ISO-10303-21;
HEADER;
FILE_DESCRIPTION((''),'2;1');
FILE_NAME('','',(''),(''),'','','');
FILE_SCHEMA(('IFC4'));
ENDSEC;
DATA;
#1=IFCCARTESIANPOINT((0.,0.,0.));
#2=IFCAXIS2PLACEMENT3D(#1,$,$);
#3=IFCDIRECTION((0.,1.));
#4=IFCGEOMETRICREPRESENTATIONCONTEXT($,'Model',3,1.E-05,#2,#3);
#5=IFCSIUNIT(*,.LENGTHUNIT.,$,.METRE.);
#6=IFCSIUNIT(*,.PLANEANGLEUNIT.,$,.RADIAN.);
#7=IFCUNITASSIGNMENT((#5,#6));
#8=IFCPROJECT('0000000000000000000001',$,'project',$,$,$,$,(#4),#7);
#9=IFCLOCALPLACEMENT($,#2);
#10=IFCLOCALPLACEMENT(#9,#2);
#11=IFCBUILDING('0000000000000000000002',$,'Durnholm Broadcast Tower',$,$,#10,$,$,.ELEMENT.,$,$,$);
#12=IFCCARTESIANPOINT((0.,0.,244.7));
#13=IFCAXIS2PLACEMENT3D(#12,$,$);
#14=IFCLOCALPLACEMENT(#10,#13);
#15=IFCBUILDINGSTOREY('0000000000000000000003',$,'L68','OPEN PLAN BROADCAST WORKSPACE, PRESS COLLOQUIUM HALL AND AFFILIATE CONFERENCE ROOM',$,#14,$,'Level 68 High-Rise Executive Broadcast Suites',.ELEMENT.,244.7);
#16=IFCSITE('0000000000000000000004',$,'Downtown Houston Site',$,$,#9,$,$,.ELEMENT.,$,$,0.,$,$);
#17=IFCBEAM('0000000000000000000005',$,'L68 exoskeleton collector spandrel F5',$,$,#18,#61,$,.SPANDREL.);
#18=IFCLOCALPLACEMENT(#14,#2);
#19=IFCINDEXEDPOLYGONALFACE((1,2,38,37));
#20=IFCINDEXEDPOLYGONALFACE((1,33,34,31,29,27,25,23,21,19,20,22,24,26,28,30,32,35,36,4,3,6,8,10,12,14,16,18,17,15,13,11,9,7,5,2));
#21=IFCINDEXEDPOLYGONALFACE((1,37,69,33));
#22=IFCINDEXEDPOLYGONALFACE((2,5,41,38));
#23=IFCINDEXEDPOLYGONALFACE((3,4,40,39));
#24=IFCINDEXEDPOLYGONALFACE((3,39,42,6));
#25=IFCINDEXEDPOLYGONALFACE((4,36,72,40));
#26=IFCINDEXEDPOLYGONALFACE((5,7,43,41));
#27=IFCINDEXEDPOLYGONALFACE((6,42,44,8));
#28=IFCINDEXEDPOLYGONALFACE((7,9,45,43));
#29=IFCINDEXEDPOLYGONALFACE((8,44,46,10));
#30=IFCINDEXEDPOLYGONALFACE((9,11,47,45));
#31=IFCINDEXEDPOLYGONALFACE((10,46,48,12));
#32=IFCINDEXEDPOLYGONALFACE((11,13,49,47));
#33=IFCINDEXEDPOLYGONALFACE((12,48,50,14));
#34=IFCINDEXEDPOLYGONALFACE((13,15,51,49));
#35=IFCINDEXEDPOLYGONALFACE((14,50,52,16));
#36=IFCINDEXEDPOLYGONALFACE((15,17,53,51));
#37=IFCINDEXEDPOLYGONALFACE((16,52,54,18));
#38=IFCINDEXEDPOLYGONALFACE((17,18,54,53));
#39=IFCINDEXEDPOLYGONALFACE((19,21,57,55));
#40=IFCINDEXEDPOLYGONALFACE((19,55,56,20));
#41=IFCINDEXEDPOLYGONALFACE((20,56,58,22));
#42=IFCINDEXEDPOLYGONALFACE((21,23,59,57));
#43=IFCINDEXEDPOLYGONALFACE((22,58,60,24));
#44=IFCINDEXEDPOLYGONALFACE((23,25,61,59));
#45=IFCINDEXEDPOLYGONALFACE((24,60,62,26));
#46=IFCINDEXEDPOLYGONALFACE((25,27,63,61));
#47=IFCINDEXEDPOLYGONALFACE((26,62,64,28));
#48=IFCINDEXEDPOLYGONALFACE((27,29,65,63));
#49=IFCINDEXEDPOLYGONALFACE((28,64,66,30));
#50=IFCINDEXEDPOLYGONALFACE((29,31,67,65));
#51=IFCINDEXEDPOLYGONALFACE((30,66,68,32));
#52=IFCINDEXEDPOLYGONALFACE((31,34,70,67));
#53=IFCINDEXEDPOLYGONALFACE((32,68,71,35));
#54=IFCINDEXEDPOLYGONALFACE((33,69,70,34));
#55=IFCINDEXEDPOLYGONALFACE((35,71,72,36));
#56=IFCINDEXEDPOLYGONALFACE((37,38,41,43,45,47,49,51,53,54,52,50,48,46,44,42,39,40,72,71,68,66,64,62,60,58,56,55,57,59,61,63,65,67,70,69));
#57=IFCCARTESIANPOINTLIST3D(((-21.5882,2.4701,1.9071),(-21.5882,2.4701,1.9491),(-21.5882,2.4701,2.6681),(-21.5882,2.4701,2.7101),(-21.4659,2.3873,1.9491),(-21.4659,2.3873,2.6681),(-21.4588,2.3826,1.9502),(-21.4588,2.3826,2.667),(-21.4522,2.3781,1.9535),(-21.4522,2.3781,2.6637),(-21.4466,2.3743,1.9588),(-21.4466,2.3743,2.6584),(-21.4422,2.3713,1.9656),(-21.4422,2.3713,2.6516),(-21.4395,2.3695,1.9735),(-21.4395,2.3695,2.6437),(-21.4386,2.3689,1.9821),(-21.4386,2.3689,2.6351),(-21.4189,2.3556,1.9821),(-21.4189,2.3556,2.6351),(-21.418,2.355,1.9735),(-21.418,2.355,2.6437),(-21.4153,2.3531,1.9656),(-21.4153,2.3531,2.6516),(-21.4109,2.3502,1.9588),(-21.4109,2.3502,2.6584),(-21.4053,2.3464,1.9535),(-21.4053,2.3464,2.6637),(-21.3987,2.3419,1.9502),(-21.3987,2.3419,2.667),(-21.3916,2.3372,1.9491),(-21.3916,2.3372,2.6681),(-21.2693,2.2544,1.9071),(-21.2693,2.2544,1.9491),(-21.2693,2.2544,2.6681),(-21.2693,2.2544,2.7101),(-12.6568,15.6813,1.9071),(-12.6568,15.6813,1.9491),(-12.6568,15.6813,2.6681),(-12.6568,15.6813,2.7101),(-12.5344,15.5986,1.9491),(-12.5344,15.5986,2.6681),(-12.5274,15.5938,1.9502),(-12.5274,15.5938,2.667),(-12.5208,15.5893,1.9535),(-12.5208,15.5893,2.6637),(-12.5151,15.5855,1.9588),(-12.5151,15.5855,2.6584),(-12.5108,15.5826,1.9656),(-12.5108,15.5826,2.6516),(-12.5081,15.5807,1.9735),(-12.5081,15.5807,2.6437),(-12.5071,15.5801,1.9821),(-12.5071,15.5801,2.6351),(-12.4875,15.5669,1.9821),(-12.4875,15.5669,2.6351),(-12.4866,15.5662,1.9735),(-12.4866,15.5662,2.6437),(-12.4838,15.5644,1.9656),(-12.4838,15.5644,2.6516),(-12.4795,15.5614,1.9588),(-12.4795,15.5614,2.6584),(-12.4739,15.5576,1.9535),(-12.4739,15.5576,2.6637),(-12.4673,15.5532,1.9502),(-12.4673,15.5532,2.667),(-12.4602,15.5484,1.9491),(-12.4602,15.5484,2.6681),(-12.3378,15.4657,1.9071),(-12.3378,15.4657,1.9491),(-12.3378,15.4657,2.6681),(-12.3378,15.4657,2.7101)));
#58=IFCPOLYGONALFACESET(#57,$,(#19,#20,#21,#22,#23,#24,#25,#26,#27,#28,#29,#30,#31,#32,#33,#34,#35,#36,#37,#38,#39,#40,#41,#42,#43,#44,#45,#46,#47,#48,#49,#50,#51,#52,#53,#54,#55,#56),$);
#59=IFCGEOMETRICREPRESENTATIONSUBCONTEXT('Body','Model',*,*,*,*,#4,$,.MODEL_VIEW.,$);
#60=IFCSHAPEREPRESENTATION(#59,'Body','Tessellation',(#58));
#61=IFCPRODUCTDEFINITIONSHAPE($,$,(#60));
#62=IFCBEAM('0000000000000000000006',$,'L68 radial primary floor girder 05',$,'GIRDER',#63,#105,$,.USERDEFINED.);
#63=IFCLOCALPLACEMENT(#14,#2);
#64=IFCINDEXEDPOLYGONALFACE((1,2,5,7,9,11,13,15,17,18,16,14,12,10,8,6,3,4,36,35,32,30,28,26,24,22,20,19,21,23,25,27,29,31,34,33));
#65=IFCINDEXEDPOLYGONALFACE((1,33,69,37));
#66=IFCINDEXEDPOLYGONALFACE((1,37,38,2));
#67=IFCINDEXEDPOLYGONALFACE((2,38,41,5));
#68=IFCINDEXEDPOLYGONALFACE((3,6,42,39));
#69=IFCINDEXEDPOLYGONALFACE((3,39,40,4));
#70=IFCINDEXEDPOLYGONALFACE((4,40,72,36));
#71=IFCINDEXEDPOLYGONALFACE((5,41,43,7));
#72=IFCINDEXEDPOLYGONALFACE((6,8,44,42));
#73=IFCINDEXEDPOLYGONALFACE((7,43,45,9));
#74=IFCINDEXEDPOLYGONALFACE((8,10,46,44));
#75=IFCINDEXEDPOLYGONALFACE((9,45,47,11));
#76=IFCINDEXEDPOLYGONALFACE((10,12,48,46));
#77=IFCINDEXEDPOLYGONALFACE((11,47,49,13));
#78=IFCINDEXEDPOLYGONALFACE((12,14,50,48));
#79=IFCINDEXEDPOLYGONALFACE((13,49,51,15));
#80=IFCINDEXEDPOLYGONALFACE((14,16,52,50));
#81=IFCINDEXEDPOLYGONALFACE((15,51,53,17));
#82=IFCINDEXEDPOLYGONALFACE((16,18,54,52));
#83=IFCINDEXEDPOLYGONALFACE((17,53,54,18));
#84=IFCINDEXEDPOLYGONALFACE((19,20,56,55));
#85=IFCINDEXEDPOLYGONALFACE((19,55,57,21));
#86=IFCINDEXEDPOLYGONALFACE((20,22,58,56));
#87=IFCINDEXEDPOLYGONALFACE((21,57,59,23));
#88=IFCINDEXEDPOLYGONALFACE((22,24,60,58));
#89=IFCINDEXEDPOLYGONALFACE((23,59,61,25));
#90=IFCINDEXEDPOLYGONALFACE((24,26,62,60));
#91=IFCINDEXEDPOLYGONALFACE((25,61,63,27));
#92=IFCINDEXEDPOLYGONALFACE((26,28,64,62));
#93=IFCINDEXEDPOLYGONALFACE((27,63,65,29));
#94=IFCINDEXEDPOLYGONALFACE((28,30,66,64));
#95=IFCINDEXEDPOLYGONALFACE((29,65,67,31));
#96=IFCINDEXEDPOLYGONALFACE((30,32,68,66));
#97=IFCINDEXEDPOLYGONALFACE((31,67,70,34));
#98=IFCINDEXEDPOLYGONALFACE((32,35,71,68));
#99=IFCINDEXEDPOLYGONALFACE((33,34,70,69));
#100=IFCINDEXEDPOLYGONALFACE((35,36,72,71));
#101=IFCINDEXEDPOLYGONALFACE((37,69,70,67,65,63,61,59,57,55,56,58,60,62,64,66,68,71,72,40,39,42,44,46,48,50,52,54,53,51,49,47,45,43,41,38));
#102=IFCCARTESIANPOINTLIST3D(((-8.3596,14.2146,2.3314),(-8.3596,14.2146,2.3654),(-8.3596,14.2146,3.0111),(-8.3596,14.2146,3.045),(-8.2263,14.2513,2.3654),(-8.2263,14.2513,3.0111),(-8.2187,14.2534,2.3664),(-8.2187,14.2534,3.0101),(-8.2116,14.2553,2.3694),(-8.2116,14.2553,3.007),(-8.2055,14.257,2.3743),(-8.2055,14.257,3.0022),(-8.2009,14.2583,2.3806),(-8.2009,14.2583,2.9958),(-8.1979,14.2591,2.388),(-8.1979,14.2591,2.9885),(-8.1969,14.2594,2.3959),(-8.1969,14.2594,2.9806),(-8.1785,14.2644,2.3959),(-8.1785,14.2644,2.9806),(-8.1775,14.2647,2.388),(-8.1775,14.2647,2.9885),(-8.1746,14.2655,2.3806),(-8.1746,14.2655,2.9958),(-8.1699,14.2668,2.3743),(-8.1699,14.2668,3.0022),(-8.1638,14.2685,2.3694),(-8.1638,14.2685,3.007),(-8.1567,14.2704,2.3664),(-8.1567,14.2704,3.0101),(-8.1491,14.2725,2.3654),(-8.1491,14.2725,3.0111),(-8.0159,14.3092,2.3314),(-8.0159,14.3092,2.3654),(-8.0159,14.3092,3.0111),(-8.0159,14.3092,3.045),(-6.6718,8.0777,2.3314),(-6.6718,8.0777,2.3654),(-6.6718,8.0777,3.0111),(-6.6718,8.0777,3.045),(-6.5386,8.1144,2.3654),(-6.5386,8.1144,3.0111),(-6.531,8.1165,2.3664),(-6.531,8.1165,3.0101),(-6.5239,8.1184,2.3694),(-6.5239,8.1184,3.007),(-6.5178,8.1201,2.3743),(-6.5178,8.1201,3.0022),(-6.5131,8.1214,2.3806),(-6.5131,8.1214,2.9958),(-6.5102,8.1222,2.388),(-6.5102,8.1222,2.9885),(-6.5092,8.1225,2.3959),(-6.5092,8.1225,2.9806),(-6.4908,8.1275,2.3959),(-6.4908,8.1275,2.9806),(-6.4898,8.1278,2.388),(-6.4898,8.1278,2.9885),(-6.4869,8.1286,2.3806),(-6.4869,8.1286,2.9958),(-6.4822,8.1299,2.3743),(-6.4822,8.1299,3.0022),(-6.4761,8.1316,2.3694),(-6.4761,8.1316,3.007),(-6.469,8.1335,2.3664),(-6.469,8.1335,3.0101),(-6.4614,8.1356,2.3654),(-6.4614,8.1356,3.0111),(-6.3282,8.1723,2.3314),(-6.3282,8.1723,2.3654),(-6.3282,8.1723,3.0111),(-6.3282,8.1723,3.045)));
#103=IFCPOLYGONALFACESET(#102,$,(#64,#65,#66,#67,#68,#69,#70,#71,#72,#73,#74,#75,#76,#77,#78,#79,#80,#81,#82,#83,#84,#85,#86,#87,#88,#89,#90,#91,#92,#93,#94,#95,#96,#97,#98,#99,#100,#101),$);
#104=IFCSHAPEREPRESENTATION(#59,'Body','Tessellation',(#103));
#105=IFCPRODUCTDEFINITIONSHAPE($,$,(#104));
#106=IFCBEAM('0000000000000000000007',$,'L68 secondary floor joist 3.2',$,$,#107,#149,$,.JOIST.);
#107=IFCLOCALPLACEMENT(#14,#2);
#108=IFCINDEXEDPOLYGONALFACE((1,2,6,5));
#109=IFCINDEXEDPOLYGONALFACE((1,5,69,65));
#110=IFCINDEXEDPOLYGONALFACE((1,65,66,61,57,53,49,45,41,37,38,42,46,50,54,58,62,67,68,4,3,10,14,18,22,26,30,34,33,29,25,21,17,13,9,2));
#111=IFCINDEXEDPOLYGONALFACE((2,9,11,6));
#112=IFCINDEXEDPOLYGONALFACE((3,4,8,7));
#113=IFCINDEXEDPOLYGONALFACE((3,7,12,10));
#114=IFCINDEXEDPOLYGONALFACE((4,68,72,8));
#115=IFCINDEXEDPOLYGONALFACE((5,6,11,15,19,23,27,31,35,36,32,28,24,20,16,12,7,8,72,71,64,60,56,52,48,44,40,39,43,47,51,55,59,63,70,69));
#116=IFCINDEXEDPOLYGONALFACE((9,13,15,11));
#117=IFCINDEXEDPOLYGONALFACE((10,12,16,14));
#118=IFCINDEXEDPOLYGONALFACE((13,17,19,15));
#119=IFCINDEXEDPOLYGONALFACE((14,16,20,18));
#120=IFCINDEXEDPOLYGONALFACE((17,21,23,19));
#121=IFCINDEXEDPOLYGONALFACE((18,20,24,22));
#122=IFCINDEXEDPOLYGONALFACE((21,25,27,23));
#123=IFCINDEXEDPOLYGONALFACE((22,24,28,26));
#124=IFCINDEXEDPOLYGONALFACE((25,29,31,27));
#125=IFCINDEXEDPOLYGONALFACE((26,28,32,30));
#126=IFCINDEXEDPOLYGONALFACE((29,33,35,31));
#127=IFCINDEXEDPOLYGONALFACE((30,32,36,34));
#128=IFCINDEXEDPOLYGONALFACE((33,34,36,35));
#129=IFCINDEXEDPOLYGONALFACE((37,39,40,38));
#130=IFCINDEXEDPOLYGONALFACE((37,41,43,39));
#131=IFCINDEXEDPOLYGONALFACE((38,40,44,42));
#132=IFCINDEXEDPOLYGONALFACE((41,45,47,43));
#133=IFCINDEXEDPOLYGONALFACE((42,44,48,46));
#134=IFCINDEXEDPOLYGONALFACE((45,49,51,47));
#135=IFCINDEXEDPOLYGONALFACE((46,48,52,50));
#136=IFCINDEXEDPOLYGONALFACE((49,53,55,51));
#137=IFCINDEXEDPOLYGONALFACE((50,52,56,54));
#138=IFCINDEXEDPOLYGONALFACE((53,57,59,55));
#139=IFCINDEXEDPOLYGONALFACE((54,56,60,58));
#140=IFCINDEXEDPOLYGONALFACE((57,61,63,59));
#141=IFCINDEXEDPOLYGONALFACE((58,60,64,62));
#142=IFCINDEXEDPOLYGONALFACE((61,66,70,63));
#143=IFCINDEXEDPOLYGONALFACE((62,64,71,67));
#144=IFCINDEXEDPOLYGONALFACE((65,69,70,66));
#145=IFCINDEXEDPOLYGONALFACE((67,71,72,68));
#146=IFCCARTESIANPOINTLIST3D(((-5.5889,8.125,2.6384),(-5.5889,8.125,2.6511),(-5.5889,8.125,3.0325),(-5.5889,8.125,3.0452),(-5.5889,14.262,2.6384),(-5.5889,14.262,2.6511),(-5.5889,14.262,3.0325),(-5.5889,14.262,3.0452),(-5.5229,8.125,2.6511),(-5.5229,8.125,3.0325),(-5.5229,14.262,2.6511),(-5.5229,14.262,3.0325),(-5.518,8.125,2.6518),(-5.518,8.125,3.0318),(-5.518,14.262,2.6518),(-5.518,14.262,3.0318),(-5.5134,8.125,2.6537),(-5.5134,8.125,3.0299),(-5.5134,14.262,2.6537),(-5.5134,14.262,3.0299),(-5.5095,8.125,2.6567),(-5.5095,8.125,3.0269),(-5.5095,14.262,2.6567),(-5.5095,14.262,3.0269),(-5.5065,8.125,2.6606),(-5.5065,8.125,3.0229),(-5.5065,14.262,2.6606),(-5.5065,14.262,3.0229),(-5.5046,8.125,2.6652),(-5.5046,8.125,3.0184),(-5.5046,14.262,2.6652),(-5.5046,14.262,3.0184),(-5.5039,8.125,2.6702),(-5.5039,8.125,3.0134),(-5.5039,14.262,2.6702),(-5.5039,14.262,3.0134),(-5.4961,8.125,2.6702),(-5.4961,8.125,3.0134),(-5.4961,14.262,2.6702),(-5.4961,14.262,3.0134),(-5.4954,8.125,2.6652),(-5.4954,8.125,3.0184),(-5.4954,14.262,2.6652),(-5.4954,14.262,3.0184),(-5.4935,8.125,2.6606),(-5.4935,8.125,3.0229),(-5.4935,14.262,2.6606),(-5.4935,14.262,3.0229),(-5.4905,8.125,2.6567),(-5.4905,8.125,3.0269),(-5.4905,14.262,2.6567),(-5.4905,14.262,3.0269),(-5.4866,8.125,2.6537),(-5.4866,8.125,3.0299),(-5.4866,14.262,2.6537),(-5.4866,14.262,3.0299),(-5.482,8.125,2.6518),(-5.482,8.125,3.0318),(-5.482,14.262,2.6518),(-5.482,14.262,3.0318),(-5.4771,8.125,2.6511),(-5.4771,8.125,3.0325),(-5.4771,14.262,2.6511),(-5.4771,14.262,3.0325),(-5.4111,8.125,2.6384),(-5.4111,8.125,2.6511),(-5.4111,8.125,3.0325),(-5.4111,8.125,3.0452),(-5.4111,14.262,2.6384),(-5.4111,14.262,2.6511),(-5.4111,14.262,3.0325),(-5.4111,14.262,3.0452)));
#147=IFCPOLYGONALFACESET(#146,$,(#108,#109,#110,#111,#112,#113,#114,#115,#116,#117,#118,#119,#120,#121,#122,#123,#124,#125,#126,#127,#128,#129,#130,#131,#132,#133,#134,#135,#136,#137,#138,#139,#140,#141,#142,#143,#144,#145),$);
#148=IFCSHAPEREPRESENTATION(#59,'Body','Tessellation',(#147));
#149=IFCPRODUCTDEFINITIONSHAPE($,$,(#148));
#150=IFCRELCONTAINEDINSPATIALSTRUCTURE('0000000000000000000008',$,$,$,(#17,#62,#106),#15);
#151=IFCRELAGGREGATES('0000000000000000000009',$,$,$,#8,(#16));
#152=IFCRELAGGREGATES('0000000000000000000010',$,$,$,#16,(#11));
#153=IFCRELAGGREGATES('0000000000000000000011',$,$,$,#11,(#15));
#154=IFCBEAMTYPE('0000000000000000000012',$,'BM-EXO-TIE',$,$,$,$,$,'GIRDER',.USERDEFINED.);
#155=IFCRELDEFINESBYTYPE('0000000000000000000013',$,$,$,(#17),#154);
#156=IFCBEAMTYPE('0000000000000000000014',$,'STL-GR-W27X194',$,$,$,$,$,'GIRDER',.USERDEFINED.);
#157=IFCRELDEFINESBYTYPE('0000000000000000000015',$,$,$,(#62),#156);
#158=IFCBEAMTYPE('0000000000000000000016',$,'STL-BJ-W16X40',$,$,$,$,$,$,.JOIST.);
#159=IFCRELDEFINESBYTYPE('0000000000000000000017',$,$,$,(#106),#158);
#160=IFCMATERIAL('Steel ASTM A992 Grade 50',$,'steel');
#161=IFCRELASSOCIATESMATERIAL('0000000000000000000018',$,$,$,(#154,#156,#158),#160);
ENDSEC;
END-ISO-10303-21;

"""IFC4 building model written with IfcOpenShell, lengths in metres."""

from ifc_helpers import new_model, si_unit, direction, frame, origin, origin_2d, place, context, subcontext, project, spatial, i_section, extrude, source, transform, mapped, material, material_profile, profile_set, type_object, type_shapes, element, save


model = new_model("IFC4")

# Units and contexts
model_context = context("Model", 3, precision=1e-05, world=origin(), true_north=direction((0.0, 1.0)))
body_context = subcontext(model_context, "Body", "Model", "MODEL_VIEW")
ifc_project = project(units=[si_unit("LENGTHUNIT", "METRE"), si_unit("PLANEANGLEUNIT", "RADIAN")], contexts=[model_context])

# Site, building, storey
site_placement = place(None, origin())
site = spatial("IfcSite", under=ifc_project, at=site_placement, Name="Downtown Houston Site", CompositionType="ELEMENT", RefElevation=0.0)
building_placement = place(site_placement, origin())
building = spatial("IfcBuilding", under=site, at=building_placement, Name="Durnholm Broadcast Tower", CompositionType="ELEMENT")
storey_placement = place(building_placement, frame((0.0, 0.0, 244.7)))
storey = spatial("IfcBuildingStorey", under=building, at=storey_placement, Name="L68", Description="OPEN PLAN BROADCAST WORKSPACE, PRESS COLLOQUIUM HALL AND AFFILIATE CONFERENCE ROOM", LongName="Level 68 High-Rise Executive Broadcast Suites", CompositionType="ELEMENT", Elevation=244.7)

# Beams
ifc_material_1 = material(Name="Steel ASTM A992 Grade 50", Category="steel")
ifc_material_profile_1 = material_profile(ifc_material_1, i_section(OverallWidth=0.385, OverallDepth=0.803, WebThickness=0.0237, FlangeThickness=0.042, FilletRadius=0.033, at=origin_2d()), Name="W30X261")
ifc_profile_set_1 = profile_set([ifc_material_profile_1], Name="Steel ASTM A992 Grade 50")
beam_type_1 = type_object("IfcBeamType", Name="BM-EXO-TIE", ElementType="GIRDER", PredefinedType="USERDEFINED", material=ifc_profile_set_1)
ifc_material_profile_2 = material_profile(ifc_material_1, i_section(OverallWidth=0.3564, OverallDepth=0.7136, WebThickness=0.019, FlangeThickness=0.0339, FilletRadius=0.0305, at=origin_2d()), Name="W27X194")
ifc_profile_set_2 = profile_set([ifc_material_profile_2], Name="Steel ASTM A992 Grade 50")
beam_type_2 = type_object("IfcBeamType", Name="STL-GR-W27X194", ElementType="GIRDER", PredefinedType="USERDEFINED", material=ifc_profile_set_2)
shared_shape_1 = source(origin(), body_context, "Body", "SweptSolid", [
    extrude(i_section(OverallWidth=0.385, OverallDepth=0.803, WebThickness=0.0237, FlangeThickness=0.042, FilletRadius=0.033, at=origin_2d()), origin(), (0.0, 0.0, 1.0), 15.947),
])
beam_1_placement = place(storey_placement, frame((-12.4973, 15.5735, 2.3086), z_axis=(-0.560069, -0.828446, 0.0), x_axis=(0.828446, -0.560069, 0.0)))
element("IfcBeam", 1, at=beam_1_placement, inside=storey, type_object=beam_type_1, Name="L68 exoskeleton collector spandrel F5", PredefinedType="SPANDREL", context=body_context, shape_type="MappedRepresentation", body=[
    mapped(shared_shape_1, transform((0.0, 0.0, 0.0), x_axis=(1.0, 0.0, 0.0), y_axis=(0.0, 1.0, 0.0), z_axis=(0.0, 0.0, 1.0), scale=1.0)),
])
shared_shape_2 = source(origin(), body_context, "Body", "SweptSolid", [
    extrude(i_section(OverallWidth=0.3564, OverallDepth=0.7136, WebThickness=0.019, FlangeThickness=0.0339, FilletRadius=0.0305, at=origin_2d()), origin(), (0.0, 0.0, 1.0), 6.3647),
])
beam_2_placement = place(storey_placement, frame((-6.5, 8.125, 2.6882), z_axis=(-0.265168, 0.964202, 0.0), x_axis=(-0.964202, -0.265168, 0.0)))
element("IfcBeam", 2, at=beam_2_placement, inside=storey, type_object=beam_type_2, Name="L68 radial primary floor girder 05", ObjectType="GIRDER", PredefinedType="USERDEFINED", context=body_context, shape_type="MappedRepresentation", body=[
    mapped(shared_shape_2, transform((0.0, 0.0, 0.0), x_axis=(1.0, 0.0, 0.0), y_axis=(0.0, 1.0, 0.0), z_axis=(0.0, 0.0, 1.0), scale=1.0)),
])
ifc_material_profile_3 = material_profile(ifc_material_1, i_section(OverallWidth=0.1777, OverallDepth=0.4067, WebThickness=0.0078, FlangeThickness=0.0127, FilletRadius=0.019, at=origin_2d()), Name="W16X40")
ifc_profile_set_3 = profile_set([ifc_material_profile_3], Name="Steel ASTM A992 Grade 50")
beam_type_3 = type_object("IfcBeamType", Name="STL-BJ-W16X40", PredefinedType="JOIST", material=ifc_profile_set_3)
shared_shape_3 = source(origin(), body_context, "Body", "SweptSolid", [
    extrude(i_section(OverallWidth=0.1777, OverallDepth=0.4067, WebThickness=0.0078, FlangeThickness=0.0127, FilletRadius=0.019, at=origin_2d()), origin(), (0.0, 0.0, 1.0), 6.137),
])
type_shapes(beam_type_3, [shared_shape_3])
beam_3_placement = place(storey_placement, frame((-5.5, 8.125, 2.8418), z_axis=(0.0, 1.0, 0.0), x_axis=(-1.0, 0.0, 0.0)))
element("IfcBeam", 3, at=beam_3_placement, inside=storey, type_object=beam_type_3, Name="L68 secondary floor joist 3.2", PredefinedType="JOIST", context=body_context, shape_type="MappedRepresentation", body=[
    mapped(shared_shape_3, transform((0.0, 0.0, 0.0), x_axis=(1.0, 0.0, 0.0), y_axis=(0.0, 1.0, 0.0), z_axis=(0.0, 0.0, 1.0), scale=1.0)),
])

save(model, "model.ifc")
